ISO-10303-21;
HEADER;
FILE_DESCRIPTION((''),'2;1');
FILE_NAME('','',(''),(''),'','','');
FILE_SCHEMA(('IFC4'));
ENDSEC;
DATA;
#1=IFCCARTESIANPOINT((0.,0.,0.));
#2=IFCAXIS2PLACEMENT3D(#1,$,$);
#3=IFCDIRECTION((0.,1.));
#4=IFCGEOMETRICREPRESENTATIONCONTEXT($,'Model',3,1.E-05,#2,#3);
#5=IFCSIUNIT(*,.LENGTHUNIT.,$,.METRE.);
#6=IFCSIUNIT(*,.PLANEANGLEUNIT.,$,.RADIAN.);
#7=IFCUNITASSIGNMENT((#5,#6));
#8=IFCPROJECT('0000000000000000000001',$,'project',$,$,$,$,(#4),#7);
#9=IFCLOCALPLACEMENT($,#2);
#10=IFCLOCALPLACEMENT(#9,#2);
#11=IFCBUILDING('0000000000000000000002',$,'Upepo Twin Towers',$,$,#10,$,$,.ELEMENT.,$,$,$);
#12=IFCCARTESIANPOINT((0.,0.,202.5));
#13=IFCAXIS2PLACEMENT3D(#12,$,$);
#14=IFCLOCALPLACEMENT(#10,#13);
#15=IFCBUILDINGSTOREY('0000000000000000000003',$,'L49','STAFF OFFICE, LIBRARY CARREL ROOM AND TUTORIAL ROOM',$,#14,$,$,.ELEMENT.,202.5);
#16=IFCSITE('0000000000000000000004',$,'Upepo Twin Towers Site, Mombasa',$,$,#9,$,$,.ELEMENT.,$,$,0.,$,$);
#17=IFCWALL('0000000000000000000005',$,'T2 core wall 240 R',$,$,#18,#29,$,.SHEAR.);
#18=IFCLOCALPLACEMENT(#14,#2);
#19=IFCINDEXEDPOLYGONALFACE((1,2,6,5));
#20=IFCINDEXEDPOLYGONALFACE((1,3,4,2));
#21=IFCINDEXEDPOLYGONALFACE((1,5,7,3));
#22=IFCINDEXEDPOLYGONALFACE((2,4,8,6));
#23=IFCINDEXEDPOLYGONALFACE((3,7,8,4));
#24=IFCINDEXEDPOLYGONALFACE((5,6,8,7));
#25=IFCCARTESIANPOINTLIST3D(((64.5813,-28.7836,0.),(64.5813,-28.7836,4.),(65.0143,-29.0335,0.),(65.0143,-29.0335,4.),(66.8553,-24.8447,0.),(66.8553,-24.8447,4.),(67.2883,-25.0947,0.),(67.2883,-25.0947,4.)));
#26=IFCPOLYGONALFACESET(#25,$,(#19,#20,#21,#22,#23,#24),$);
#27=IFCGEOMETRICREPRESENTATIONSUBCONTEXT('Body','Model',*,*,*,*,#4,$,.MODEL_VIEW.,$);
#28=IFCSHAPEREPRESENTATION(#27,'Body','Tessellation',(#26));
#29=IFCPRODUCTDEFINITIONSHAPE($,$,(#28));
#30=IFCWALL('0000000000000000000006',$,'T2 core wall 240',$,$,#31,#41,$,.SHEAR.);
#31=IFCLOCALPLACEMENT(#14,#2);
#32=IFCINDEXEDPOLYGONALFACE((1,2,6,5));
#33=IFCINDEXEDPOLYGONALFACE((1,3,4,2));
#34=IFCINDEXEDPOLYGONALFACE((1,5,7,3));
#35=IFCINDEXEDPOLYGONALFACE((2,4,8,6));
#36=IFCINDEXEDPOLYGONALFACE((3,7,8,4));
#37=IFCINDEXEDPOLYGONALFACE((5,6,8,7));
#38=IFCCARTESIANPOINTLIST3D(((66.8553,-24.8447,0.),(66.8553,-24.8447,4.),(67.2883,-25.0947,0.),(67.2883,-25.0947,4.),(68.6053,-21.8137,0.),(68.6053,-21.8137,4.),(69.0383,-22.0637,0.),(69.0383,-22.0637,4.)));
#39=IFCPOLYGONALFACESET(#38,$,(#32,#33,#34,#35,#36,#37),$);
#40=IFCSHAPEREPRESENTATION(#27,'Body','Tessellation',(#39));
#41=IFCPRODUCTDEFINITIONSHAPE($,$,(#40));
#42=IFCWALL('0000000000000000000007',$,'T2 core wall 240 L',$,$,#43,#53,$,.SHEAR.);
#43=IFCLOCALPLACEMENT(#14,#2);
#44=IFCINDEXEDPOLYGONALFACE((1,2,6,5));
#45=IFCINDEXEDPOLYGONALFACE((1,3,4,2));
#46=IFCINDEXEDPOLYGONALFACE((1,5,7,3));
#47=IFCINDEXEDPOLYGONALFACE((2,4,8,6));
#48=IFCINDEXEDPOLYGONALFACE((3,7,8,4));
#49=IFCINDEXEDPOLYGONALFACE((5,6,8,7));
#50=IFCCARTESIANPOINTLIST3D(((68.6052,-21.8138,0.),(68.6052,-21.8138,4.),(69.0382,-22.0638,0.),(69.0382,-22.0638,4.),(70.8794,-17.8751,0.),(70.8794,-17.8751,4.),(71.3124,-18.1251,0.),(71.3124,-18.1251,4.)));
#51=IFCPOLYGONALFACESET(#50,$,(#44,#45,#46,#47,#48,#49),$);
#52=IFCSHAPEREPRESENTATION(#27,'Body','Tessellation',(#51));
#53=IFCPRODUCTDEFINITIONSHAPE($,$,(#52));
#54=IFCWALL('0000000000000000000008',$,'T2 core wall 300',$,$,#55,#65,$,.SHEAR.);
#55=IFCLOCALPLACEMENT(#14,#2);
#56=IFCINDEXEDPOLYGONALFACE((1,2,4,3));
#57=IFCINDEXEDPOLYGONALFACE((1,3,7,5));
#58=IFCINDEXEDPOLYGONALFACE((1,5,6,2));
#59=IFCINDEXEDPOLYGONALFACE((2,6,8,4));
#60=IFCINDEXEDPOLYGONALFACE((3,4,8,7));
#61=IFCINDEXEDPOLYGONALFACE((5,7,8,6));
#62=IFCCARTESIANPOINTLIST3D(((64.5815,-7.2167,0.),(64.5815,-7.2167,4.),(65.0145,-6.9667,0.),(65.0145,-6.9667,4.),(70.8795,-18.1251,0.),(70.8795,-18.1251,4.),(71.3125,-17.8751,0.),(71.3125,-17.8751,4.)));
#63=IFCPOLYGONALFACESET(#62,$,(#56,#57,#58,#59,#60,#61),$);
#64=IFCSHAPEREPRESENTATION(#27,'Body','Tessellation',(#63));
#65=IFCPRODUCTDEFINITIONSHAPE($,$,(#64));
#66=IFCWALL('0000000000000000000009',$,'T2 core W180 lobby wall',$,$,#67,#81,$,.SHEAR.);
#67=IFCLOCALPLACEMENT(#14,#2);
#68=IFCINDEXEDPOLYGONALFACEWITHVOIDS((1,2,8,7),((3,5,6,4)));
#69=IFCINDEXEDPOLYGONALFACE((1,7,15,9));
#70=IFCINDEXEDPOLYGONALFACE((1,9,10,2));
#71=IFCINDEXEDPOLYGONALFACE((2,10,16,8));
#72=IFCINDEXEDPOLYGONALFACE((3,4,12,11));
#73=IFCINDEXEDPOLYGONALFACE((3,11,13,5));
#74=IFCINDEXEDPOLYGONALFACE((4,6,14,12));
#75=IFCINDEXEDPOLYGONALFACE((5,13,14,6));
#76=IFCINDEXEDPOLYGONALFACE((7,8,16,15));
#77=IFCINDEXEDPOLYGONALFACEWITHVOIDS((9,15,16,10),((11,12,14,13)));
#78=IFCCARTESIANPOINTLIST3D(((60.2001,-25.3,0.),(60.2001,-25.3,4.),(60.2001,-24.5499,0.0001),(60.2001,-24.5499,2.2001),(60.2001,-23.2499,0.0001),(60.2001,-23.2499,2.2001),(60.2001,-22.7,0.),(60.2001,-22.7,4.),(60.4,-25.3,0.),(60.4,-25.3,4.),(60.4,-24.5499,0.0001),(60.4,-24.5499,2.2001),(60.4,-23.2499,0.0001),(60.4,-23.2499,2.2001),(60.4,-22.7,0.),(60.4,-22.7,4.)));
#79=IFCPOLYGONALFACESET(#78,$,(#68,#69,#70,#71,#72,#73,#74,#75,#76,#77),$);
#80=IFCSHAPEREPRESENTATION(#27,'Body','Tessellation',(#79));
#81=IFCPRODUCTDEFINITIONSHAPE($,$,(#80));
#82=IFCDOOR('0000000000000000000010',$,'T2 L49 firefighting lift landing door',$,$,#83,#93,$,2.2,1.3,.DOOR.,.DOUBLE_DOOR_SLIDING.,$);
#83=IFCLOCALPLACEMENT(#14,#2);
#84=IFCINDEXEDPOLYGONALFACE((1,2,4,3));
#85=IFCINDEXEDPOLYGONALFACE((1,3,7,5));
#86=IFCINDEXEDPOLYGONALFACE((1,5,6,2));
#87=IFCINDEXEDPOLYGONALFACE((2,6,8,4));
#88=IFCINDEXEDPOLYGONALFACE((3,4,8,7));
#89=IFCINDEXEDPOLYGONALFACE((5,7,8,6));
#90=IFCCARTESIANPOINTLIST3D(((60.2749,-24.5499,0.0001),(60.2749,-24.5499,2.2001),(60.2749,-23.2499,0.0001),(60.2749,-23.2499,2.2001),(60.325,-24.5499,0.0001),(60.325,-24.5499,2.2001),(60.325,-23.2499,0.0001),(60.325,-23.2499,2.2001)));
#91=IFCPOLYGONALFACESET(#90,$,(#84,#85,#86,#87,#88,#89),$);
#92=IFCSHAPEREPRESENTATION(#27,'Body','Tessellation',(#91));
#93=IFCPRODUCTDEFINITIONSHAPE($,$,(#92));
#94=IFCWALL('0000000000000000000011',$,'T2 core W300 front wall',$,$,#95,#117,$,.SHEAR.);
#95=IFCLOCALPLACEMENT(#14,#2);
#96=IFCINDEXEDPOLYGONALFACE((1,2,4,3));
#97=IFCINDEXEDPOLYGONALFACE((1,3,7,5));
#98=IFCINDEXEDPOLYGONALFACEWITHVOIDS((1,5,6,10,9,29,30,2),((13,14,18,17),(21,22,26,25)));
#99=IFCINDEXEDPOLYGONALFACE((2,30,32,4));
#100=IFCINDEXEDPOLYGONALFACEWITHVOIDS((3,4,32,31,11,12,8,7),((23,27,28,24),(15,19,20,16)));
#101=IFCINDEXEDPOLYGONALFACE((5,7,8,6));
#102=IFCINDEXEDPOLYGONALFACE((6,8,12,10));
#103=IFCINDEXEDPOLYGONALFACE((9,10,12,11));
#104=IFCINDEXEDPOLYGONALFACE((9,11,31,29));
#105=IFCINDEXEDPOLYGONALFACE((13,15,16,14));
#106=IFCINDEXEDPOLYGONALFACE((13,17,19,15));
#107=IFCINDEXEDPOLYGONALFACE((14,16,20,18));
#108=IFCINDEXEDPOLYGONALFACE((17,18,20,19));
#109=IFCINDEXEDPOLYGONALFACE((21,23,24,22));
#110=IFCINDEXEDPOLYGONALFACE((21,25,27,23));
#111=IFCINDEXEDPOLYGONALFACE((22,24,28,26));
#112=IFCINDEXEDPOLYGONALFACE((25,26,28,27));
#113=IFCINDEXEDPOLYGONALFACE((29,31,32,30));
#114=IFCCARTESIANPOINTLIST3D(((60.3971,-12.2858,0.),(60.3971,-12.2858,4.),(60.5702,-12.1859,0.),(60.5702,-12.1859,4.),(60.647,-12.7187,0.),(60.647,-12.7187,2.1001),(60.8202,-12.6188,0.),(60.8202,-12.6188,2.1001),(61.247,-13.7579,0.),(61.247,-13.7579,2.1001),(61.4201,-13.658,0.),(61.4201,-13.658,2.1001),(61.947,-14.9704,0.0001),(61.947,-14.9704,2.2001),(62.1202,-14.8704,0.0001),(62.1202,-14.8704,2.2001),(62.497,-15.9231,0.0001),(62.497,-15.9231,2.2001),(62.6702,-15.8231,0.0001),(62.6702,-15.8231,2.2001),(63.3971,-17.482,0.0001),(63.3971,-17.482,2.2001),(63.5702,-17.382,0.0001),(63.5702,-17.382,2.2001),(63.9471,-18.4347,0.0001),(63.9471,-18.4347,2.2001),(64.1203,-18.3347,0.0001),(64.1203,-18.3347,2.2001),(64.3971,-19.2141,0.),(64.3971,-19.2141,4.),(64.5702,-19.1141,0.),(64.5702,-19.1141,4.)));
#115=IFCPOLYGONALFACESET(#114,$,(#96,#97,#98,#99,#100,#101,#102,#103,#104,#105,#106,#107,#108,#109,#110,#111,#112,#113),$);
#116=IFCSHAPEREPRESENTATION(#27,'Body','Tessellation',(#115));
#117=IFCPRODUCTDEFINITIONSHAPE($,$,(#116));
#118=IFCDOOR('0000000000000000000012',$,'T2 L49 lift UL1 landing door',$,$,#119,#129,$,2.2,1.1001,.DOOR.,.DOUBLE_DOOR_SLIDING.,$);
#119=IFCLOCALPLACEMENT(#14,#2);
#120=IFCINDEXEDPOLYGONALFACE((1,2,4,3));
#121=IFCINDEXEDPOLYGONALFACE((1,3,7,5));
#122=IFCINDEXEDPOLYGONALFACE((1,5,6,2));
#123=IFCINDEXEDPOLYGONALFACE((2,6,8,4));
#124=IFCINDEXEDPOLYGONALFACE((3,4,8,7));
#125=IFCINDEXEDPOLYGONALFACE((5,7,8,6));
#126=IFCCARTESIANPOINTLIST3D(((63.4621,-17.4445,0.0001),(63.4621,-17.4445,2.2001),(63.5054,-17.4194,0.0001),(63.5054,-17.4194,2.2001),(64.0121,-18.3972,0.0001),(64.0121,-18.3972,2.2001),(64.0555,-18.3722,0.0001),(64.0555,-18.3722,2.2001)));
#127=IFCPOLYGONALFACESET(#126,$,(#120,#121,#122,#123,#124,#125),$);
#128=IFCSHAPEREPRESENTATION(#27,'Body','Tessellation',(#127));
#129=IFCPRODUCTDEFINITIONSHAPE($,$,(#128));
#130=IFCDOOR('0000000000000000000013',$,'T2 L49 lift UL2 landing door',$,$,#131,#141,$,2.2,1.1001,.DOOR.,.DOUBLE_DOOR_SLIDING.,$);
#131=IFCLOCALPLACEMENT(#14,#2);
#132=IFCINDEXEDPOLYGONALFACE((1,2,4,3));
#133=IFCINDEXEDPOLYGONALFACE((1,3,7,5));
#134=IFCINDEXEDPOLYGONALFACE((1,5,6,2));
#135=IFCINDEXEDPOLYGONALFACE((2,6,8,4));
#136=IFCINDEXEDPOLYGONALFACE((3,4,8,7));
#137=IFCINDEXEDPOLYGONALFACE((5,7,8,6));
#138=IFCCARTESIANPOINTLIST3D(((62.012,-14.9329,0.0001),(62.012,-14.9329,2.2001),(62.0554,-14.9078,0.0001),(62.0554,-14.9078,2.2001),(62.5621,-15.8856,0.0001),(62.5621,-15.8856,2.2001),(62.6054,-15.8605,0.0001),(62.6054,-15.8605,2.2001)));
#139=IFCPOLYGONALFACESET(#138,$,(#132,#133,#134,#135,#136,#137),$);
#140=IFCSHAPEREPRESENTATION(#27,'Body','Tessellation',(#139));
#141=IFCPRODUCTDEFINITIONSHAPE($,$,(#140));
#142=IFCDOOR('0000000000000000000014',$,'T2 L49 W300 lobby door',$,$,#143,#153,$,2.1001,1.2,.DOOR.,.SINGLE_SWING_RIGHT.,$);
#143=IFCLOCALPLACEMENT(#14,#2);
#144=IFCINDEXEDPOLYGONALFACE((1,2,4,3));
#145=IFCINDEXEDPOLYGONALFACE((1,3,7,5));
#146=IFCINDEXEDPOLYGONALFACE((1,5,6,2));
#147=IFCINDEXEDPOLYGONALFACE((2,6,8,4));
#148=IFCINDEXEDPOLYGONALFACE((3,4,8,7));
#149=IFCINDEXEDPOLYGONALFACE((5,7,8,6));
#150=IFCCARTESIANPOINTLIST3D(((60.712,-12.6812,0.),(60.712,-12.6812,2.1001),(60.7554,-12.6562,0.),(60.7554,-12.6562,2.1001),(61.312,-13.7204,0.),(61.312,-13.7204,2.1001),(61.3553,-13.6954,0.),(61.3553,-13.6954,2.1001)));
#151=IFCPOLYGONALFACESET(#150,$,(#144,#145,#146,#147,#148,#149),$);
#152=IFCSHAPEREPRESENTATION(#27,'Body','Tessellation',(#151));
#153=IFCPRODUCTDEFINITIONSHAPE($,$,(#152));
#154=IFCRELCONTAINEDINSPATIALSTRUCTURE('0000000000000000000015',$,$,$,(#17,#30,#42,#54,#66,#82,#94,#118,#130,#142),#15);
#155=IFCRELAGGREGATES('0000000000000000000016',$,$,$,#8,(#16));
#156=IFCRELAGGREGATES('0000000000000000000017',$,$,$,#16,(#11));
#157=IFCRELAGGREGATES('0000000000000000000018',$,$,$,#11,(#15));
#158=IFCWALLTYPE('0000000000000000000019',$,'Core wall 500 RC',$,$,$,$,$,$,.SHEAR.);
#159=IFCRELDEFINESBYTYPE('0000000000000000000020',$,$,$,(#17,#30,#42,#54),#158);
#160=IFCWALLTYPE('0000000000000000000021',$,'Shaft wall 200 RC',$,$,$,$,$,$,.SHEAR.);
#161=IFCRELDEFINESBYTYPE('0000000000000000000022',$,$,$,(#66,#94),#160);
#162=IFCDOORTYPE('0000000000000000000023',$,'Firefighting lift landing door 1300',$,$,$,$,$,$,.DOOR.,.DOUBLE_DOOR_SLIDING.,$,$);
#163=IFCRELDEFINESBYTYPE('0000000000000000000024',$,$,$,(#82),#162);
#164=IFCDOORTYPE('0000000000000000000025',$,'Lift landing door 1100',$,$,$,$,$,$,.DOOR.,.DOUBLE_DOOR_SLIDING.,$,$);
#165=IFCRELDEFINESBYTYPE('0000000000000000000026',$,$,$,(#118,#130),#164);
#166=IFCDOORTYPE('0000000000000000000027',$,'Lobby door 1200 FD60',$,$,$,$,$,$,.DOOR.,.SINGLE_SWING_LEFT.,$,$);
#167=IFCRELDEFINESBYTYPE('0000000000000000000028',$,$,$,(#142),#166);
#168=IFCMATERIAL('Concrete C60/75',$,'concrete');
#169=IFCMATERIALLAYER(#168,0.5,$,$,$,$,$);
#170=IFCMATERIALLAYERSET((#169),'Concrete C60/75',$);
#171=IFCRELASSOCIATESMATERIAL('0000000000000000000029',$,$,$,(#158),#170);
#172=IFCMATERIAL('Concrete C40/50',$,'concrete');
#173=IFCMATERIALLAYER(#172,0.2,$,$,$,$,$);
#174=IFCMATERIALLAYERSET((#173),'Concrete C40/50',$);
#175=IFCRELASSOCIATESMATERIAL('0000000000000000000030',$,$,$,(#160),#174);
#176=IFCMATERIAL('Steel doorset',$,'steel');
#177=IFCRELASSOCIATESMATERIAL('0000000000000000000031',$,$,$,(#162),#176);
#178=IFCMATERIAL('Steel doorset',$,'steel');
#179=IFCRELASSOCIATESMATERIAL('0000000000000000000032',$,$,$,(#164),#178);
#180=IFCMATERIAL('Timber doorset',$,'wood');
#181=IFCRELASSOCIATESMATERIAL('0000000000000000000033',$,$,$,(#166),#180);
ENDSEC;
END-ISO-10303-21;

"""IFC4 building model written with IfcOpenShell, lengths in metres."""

from ifc_helpers import new_model, si_unit, direction, frame, frame_2d, origin, place, context, subcontext, project, spatial, rectangle, extrude, material, layer, layer_set, type_object, element, fill, save


model = new_model("IFC4")

# Units and contexts
model_context = context("Model", 3, precision=1e-05, world=origin(), true_north=direction((0.0, 1.0)))
body_context = subcontext(model_context, "Body", "Model", "MODEL_VIEW")
ifc_project = project(units=[si_unit("LENGTHUNIT", "METRE"), si_unit("PLANEANGLEUNIT", "RADIAN")], contexts=[model_context])

# Site, building, storey
site_placement = place(None, origin())
site = spatial("IfcSite", under=ifc_project, at=site_placement, Name="Upepo Twin Towers Site, Mombasa", CompositionType="ELEMENT", RefElevation=0.0)
building_placement = place(site_placement, origin())
building = spatial("IfcBuilding", under=site, at=building_placement, Name="Upepo Twin Towers", CompositionType="ELEMENT")
storey_placement = place(building_placement, frame((0.0, 0.0, 202.5)))
storey = spatial("IfcBuildingStorey", under=building, at=storey_placement, Name="L49", Description="STAFF OFFICE, LIBRARY CARREL ROOM AND TUTORIAL ROOM", CompositionType="ELEMENT", Elevation=202.5)

# Walls
ifc_material_1 = material(Name="Concrete C60/75", Category="concrete")
ifc_layer_1 = layer(ifc_material_1, 0.5)
ifc_layer_set_1 = layer_set([ifc_layer_1], Name="Concrete C60/75")
wall_type_1 = type_object("IfcWallType", Name="Core wall 500 RC", PredefinedType="SHEAR", material=ifc_layer_set_1)
wall_1_placement = place(storey_placement, frame((64.7979, -28.9084, 0.0), z_axis=(0.0, 0.0, 1.0), x_axis=(0.499984, 0.866035, 0.0)))
element("IfcWall", 1, at=wall_1_placement, inside=storey, type_object=wall_type_1, Name="T2 core wall 240 R", PredefinedType="SHEAR", context=body_context, shape_type="SweptSolid", body=[
    extrude(rectangle(XDim=4.5481, YDim=0.5, at=frame_2d((2.2739, 0.0))), origin(), (0.0, 0.0, 1.0), 4.0),
])
wall_2_placement = place(storey_placement, frame((67.0718, -24.9697, 0.0), z_axis=(0.0, 0.0, 1.0), x_axis=(0.50001, 0.866019, 0.0)))
element("IfcWall", 2, at=wall_2_placement, inside=storey, type_object=wall_type_1, Name="T2 core wall 240", PredefinedType="SHEAR", context=body_context, shape_type="SweptSolid", body=[
    extrude(rectangle(XDim=3.5, YDim=0.5, at=frame_2d((1.75, 0.0))), origin(), (0.0, 0.0, 1.0), 4.0),
])
wall_3_placement = place(storey_placement, frame((68.8218, -21.9387, 0.0), z_axis=(0.0, 0.0, 1.0), x_axis=(0.500024, 0.866011, 0.0)))
element("IfcWall", 3, at=wall_3_placement, inside=storey, type_object=wall_type_1, Name="T2 core wall 240 L", PredefinedType="SHEAR", context=body_context, shape_type="SweptSolid", body=[
    extrude(rectangle(XDim=4.5481, YDim=0.5, at=frame_2d((2.2739, 0.0))), origin(), (0.0, 0.0, 1.0), 4.0),
])
wall_4_placement = place(storey_placement, frame((71.0959, -18.0, 0.0), z_axis=(0.0, 0.0, 1.0), x_axis=(-0.500006, 0.866022, 0.0)))
element("IfcWall", 4, at=wall_4_placement, inside=storey, type_object=wall_type_1, Name="T2 core wall 300", PredefinedType="SHEAR", context=body_context, shape_type="SweptSolid", body=[
    extrude(rectangle(XDim=12.5959, YDim=0.5, at=frame_2d((6.2979, 0.0))), origin(), (0.0, 0.0, 1.0), 4.0),
])

# Wall, opening, door
ifc_material_2 = material(Name="Concrete C40/50", Category="concrete")
ifc_layer_2 = layer(ifc_material_2, 0.2)
ifc_layer_set_2 = layer_set([ifc_layer_2], Name="Concrete C40/50")
wall_type_2 = type_object("IfcWallType", Name="Shaft wall 200 RC", PredefinedType="SHEAR", material=ifc_layer_set_2)
wall_5_placement = place(storey_placement, frame((60.3, -22.7, 0.0), z_axis=(0.0, 0.0, 1.0), x_axis=(0.0, -1.0, 0.0)))
wall_5 = element("IfcWall", 5, at=wall_5_placement, inside=storey, type_object=wall_type_2, Name="T2 core W180 lobby wall", PredefinedType="SHEAR", context=body_context, shape_type="SweptSolid", body=[
    extrude(rectangle(XDim=2.6001, YDim=0.2, at=frame_2d((1.3, 0.0))), origin(), (0.0, 0.0, 1.0), 4.0),
])
opening_1_placement = place(wall_5_placement, frame((0.55, 0.0, 0.0)))
opening_1 = element("IfcOpeningElement", 6, at=opening_1_placement, cuts=wall_5, PredefinedType="OPENING", context=body_context, shape_type="SweptSolid", body=[
    extrude(rectangle(XDim=1.3, YDim=2.2, at=frame_2d((0.6499, 1.1001))), frame((0.0, 0.1099, 0.0), z_axis=(0.0, -1.0, 0.0), x_axis=(1.0, 0.0, 0.0)), (0.0, 0.0, 1.0), 0.22),
])
ifc_material_3 = material(Name="Steel doorset", Category="steel")
door_type_1 = type_object("IfcDoorType", Name="Firefighting lift landing door 1300", OperationType="DOUBLE_DOOR_SLIDING", PredefinedType="DOOR", material=ifc_material_3)
door_1_placement = place(opening_1_placement, origin())
door_1 = element("IfcDoor", 7, at=door_1_placement, inside=storey, type_object=door_type_1, Name="T2 L49 firefighting lift landing door", OperationType="DOUBLE_DOOR_SLIDING", OverallHeight=2.2, OverallWidth=1.3, PredefinedType="DOOR", context=body_context, shape_type="SweptSolid", body=[
    extrude(rectangle(XDim=1.3, YDim=2.2, at=frame_2d((0.6499, 1.1001))), frame((0.0, 0.0249, 0.0), z_axis=(0.0, -1.0, 0.0), x_axis=(1.0, 0.0, 0.0)), (0.0, 0.0, 1.0), 0.05),
])
fill(opening_1, door_1)

# Wall, openings, doors
wall_6_placement = place(storey_placement, frame((64.4836, -19.1641, 0.0), z_axis=(0.0, 0.0, 1.0), x_axis=(-0.499999, 0.866026, 0.0)))
wall_6 = element("IfcWall", 8, at=wall_6_placement, inside=storey, type_object=wall_type_2, Name="T2 core W300 front wall", PredefinedType="SHEAR", context=body_context, shape_type="SweptSolid", body=[
    extrude(rectangle(XDim=8.0, YDim=0.2, at=frame_2d((4.0, 0.0))), origin(), (0.0, 0.0, 1.0), 4.0),
])
opening_2_placement = place(wall_6_placement, frame((6.3, 0.0, 0.0)))
opening_2 = element("IfcOpeningElement", 9, at=opening_2_placement, cuts=wall_6, PredefinedType="OPENING", context=body_context, shape_type="SweptSolid", body=[
    extrude(rectangle(XDim=1.2, YDim=2.1001, at=frame_2d((0.6001, 1.05))), frame((0.0, 0.1099, 0.0), z_axis=(0.0, -1.0, 0.0), x_axis=(1.0, 0.0, 0.0)), (0.0, 0.0, 1.0), 0.22),
])
opening_3_placement = place(wall_6_placement, frame((0.8999, 0.0, 0.0)))
opening_3 = element("IfcOpeningElement", 10, at=opening_3_placement, cuts=wall_6, PredefinedType="OPENING", context=body_context, shape_type="SweptSolid", body=[
    extrude(rectangle(XDim=1.1001, YDim=2.2, at=frame_2d((0.55, 1.1001))), frame((0.0, 0.1099, 0.0), z_axis=(0.0, -1.0, 0.0), x_axis=(1.0, 0.0, 0.0)), (0.0, 0.0, 1.0), 0.22),
])
opening_4_placement = place(wall_6_placement, frame((3.8, 0.0, 0.0)))
opening_4 = element("IfcOpeningElement", 11, at=opening_4_placement, cuts=wall_6, PredefinedType="OPENING", context=body_context, shape_type="SweptSolid", body=[
    extrude(rectangle(XDim=1.1001, YDim=2.2, at=frame_2d((0.55, 1.1001))), frame((0.0, 0.1099, 0.0), z_axis=(0.0, -1.0, 0.0), x_axis=(1.0, 0.0, 0.0)), (0.0, 0.0, 1.0), 0.22),
])
ifc_material_4 = material(Name="Steel doorset", Category="steel")
door_type_2 = type_object("IfcDoorType", Name="Lift landing door 1100", OperationType="DOUBLE_DOOR_SLIDING", PredefinedType="DOOR", material=ifc_material_4)
door_2_placement = place(opening_3_placement, origin())
door_2 = element("IfcDoor", 12, at=door_2_placement, inside=storey, type_object=door_type_2, Name="T2 L49 lift UL1 landing door", OperationType="DOUBLE_DOOR_SLIDING", OverallHeight=2.2, OverallWidth=1.1001, PredefinedType="DOOR", context=body_context, shape_type="SweptSolid", body=[
    extrude(rectangle(XDim=1.1001, YDim=2.2, at=frame_2d((0.55, 1.1001))), frame((0.0, 0.0249, 0.0), z_axis=(0.0, -1.0, 0.0), x_axis=(1.0, 0.0, 0.0)), (0.0, 0.0, 1.0), 0.05),
])
fill(opening_3, door_2)
door_3_placement = place(opening_4_placement, origin())
door_3 = element("IfcDoor", 13, at=door_3_placement, inside=storey, type_object=door_type_2, Name="T2 L49 lift UL2 landing door", OperationType="DOUBLE_DOOR_SLIDING", OverallHeight=2.2, OverallWidth=1.1001, PredefinedType="DOOR", context=body_context, shape_type="SweptSolid", body=[
    extrude(rectangle(XDim=1.1001, YDim=2.2, at=frame_2d((0.55, 1.1001))), frame((0.0, 0.0249, 0.0), z_axis=(0.0, -1.0, 0.0), x_axis=(1.0, 0.0, 0.0)), (0.0, 0.0, 1.0), 0.05),
])
fill(opening_4, door_3)
ifc_material_5 = material(Name="Timber doorset", Category="wood")
door_type_3 = type_object("IfcDoorType", Name="Lobby door 1200 FD60", OperationType="SINGLE_SWING_LEFT", PredefinedType="DOOR", material=ifc_material_5)
door_4_placement = place(opening_2_placement, origin())
door_4 = element("IfcDoor", 14, at=door_4_placement, inside=storey, type_object=door_type_3, Name="T2 L49 W300 lobby door", OperationType="SINGLE_SWING_RIGHT", OverallHeight=2.1001, OverallWidth=1.2, PredefinedType="DOOR", context=body_context, shape_type="SweptSolid", body=[
    extrude(rectangle(XDim=1.2, YDim=2.1001, at=frame_2d((0.6001, 1.05))), frame((0.0, 0.0249, 0.0), z_axis=(0.0, -1.0, 0.0), x_axis=(1.0, 0.0, 0.0)), (0.0, 0.0, 1.0), 0.05),
])
fill(opening_2, door_4)

save(model, "model.ifc")
